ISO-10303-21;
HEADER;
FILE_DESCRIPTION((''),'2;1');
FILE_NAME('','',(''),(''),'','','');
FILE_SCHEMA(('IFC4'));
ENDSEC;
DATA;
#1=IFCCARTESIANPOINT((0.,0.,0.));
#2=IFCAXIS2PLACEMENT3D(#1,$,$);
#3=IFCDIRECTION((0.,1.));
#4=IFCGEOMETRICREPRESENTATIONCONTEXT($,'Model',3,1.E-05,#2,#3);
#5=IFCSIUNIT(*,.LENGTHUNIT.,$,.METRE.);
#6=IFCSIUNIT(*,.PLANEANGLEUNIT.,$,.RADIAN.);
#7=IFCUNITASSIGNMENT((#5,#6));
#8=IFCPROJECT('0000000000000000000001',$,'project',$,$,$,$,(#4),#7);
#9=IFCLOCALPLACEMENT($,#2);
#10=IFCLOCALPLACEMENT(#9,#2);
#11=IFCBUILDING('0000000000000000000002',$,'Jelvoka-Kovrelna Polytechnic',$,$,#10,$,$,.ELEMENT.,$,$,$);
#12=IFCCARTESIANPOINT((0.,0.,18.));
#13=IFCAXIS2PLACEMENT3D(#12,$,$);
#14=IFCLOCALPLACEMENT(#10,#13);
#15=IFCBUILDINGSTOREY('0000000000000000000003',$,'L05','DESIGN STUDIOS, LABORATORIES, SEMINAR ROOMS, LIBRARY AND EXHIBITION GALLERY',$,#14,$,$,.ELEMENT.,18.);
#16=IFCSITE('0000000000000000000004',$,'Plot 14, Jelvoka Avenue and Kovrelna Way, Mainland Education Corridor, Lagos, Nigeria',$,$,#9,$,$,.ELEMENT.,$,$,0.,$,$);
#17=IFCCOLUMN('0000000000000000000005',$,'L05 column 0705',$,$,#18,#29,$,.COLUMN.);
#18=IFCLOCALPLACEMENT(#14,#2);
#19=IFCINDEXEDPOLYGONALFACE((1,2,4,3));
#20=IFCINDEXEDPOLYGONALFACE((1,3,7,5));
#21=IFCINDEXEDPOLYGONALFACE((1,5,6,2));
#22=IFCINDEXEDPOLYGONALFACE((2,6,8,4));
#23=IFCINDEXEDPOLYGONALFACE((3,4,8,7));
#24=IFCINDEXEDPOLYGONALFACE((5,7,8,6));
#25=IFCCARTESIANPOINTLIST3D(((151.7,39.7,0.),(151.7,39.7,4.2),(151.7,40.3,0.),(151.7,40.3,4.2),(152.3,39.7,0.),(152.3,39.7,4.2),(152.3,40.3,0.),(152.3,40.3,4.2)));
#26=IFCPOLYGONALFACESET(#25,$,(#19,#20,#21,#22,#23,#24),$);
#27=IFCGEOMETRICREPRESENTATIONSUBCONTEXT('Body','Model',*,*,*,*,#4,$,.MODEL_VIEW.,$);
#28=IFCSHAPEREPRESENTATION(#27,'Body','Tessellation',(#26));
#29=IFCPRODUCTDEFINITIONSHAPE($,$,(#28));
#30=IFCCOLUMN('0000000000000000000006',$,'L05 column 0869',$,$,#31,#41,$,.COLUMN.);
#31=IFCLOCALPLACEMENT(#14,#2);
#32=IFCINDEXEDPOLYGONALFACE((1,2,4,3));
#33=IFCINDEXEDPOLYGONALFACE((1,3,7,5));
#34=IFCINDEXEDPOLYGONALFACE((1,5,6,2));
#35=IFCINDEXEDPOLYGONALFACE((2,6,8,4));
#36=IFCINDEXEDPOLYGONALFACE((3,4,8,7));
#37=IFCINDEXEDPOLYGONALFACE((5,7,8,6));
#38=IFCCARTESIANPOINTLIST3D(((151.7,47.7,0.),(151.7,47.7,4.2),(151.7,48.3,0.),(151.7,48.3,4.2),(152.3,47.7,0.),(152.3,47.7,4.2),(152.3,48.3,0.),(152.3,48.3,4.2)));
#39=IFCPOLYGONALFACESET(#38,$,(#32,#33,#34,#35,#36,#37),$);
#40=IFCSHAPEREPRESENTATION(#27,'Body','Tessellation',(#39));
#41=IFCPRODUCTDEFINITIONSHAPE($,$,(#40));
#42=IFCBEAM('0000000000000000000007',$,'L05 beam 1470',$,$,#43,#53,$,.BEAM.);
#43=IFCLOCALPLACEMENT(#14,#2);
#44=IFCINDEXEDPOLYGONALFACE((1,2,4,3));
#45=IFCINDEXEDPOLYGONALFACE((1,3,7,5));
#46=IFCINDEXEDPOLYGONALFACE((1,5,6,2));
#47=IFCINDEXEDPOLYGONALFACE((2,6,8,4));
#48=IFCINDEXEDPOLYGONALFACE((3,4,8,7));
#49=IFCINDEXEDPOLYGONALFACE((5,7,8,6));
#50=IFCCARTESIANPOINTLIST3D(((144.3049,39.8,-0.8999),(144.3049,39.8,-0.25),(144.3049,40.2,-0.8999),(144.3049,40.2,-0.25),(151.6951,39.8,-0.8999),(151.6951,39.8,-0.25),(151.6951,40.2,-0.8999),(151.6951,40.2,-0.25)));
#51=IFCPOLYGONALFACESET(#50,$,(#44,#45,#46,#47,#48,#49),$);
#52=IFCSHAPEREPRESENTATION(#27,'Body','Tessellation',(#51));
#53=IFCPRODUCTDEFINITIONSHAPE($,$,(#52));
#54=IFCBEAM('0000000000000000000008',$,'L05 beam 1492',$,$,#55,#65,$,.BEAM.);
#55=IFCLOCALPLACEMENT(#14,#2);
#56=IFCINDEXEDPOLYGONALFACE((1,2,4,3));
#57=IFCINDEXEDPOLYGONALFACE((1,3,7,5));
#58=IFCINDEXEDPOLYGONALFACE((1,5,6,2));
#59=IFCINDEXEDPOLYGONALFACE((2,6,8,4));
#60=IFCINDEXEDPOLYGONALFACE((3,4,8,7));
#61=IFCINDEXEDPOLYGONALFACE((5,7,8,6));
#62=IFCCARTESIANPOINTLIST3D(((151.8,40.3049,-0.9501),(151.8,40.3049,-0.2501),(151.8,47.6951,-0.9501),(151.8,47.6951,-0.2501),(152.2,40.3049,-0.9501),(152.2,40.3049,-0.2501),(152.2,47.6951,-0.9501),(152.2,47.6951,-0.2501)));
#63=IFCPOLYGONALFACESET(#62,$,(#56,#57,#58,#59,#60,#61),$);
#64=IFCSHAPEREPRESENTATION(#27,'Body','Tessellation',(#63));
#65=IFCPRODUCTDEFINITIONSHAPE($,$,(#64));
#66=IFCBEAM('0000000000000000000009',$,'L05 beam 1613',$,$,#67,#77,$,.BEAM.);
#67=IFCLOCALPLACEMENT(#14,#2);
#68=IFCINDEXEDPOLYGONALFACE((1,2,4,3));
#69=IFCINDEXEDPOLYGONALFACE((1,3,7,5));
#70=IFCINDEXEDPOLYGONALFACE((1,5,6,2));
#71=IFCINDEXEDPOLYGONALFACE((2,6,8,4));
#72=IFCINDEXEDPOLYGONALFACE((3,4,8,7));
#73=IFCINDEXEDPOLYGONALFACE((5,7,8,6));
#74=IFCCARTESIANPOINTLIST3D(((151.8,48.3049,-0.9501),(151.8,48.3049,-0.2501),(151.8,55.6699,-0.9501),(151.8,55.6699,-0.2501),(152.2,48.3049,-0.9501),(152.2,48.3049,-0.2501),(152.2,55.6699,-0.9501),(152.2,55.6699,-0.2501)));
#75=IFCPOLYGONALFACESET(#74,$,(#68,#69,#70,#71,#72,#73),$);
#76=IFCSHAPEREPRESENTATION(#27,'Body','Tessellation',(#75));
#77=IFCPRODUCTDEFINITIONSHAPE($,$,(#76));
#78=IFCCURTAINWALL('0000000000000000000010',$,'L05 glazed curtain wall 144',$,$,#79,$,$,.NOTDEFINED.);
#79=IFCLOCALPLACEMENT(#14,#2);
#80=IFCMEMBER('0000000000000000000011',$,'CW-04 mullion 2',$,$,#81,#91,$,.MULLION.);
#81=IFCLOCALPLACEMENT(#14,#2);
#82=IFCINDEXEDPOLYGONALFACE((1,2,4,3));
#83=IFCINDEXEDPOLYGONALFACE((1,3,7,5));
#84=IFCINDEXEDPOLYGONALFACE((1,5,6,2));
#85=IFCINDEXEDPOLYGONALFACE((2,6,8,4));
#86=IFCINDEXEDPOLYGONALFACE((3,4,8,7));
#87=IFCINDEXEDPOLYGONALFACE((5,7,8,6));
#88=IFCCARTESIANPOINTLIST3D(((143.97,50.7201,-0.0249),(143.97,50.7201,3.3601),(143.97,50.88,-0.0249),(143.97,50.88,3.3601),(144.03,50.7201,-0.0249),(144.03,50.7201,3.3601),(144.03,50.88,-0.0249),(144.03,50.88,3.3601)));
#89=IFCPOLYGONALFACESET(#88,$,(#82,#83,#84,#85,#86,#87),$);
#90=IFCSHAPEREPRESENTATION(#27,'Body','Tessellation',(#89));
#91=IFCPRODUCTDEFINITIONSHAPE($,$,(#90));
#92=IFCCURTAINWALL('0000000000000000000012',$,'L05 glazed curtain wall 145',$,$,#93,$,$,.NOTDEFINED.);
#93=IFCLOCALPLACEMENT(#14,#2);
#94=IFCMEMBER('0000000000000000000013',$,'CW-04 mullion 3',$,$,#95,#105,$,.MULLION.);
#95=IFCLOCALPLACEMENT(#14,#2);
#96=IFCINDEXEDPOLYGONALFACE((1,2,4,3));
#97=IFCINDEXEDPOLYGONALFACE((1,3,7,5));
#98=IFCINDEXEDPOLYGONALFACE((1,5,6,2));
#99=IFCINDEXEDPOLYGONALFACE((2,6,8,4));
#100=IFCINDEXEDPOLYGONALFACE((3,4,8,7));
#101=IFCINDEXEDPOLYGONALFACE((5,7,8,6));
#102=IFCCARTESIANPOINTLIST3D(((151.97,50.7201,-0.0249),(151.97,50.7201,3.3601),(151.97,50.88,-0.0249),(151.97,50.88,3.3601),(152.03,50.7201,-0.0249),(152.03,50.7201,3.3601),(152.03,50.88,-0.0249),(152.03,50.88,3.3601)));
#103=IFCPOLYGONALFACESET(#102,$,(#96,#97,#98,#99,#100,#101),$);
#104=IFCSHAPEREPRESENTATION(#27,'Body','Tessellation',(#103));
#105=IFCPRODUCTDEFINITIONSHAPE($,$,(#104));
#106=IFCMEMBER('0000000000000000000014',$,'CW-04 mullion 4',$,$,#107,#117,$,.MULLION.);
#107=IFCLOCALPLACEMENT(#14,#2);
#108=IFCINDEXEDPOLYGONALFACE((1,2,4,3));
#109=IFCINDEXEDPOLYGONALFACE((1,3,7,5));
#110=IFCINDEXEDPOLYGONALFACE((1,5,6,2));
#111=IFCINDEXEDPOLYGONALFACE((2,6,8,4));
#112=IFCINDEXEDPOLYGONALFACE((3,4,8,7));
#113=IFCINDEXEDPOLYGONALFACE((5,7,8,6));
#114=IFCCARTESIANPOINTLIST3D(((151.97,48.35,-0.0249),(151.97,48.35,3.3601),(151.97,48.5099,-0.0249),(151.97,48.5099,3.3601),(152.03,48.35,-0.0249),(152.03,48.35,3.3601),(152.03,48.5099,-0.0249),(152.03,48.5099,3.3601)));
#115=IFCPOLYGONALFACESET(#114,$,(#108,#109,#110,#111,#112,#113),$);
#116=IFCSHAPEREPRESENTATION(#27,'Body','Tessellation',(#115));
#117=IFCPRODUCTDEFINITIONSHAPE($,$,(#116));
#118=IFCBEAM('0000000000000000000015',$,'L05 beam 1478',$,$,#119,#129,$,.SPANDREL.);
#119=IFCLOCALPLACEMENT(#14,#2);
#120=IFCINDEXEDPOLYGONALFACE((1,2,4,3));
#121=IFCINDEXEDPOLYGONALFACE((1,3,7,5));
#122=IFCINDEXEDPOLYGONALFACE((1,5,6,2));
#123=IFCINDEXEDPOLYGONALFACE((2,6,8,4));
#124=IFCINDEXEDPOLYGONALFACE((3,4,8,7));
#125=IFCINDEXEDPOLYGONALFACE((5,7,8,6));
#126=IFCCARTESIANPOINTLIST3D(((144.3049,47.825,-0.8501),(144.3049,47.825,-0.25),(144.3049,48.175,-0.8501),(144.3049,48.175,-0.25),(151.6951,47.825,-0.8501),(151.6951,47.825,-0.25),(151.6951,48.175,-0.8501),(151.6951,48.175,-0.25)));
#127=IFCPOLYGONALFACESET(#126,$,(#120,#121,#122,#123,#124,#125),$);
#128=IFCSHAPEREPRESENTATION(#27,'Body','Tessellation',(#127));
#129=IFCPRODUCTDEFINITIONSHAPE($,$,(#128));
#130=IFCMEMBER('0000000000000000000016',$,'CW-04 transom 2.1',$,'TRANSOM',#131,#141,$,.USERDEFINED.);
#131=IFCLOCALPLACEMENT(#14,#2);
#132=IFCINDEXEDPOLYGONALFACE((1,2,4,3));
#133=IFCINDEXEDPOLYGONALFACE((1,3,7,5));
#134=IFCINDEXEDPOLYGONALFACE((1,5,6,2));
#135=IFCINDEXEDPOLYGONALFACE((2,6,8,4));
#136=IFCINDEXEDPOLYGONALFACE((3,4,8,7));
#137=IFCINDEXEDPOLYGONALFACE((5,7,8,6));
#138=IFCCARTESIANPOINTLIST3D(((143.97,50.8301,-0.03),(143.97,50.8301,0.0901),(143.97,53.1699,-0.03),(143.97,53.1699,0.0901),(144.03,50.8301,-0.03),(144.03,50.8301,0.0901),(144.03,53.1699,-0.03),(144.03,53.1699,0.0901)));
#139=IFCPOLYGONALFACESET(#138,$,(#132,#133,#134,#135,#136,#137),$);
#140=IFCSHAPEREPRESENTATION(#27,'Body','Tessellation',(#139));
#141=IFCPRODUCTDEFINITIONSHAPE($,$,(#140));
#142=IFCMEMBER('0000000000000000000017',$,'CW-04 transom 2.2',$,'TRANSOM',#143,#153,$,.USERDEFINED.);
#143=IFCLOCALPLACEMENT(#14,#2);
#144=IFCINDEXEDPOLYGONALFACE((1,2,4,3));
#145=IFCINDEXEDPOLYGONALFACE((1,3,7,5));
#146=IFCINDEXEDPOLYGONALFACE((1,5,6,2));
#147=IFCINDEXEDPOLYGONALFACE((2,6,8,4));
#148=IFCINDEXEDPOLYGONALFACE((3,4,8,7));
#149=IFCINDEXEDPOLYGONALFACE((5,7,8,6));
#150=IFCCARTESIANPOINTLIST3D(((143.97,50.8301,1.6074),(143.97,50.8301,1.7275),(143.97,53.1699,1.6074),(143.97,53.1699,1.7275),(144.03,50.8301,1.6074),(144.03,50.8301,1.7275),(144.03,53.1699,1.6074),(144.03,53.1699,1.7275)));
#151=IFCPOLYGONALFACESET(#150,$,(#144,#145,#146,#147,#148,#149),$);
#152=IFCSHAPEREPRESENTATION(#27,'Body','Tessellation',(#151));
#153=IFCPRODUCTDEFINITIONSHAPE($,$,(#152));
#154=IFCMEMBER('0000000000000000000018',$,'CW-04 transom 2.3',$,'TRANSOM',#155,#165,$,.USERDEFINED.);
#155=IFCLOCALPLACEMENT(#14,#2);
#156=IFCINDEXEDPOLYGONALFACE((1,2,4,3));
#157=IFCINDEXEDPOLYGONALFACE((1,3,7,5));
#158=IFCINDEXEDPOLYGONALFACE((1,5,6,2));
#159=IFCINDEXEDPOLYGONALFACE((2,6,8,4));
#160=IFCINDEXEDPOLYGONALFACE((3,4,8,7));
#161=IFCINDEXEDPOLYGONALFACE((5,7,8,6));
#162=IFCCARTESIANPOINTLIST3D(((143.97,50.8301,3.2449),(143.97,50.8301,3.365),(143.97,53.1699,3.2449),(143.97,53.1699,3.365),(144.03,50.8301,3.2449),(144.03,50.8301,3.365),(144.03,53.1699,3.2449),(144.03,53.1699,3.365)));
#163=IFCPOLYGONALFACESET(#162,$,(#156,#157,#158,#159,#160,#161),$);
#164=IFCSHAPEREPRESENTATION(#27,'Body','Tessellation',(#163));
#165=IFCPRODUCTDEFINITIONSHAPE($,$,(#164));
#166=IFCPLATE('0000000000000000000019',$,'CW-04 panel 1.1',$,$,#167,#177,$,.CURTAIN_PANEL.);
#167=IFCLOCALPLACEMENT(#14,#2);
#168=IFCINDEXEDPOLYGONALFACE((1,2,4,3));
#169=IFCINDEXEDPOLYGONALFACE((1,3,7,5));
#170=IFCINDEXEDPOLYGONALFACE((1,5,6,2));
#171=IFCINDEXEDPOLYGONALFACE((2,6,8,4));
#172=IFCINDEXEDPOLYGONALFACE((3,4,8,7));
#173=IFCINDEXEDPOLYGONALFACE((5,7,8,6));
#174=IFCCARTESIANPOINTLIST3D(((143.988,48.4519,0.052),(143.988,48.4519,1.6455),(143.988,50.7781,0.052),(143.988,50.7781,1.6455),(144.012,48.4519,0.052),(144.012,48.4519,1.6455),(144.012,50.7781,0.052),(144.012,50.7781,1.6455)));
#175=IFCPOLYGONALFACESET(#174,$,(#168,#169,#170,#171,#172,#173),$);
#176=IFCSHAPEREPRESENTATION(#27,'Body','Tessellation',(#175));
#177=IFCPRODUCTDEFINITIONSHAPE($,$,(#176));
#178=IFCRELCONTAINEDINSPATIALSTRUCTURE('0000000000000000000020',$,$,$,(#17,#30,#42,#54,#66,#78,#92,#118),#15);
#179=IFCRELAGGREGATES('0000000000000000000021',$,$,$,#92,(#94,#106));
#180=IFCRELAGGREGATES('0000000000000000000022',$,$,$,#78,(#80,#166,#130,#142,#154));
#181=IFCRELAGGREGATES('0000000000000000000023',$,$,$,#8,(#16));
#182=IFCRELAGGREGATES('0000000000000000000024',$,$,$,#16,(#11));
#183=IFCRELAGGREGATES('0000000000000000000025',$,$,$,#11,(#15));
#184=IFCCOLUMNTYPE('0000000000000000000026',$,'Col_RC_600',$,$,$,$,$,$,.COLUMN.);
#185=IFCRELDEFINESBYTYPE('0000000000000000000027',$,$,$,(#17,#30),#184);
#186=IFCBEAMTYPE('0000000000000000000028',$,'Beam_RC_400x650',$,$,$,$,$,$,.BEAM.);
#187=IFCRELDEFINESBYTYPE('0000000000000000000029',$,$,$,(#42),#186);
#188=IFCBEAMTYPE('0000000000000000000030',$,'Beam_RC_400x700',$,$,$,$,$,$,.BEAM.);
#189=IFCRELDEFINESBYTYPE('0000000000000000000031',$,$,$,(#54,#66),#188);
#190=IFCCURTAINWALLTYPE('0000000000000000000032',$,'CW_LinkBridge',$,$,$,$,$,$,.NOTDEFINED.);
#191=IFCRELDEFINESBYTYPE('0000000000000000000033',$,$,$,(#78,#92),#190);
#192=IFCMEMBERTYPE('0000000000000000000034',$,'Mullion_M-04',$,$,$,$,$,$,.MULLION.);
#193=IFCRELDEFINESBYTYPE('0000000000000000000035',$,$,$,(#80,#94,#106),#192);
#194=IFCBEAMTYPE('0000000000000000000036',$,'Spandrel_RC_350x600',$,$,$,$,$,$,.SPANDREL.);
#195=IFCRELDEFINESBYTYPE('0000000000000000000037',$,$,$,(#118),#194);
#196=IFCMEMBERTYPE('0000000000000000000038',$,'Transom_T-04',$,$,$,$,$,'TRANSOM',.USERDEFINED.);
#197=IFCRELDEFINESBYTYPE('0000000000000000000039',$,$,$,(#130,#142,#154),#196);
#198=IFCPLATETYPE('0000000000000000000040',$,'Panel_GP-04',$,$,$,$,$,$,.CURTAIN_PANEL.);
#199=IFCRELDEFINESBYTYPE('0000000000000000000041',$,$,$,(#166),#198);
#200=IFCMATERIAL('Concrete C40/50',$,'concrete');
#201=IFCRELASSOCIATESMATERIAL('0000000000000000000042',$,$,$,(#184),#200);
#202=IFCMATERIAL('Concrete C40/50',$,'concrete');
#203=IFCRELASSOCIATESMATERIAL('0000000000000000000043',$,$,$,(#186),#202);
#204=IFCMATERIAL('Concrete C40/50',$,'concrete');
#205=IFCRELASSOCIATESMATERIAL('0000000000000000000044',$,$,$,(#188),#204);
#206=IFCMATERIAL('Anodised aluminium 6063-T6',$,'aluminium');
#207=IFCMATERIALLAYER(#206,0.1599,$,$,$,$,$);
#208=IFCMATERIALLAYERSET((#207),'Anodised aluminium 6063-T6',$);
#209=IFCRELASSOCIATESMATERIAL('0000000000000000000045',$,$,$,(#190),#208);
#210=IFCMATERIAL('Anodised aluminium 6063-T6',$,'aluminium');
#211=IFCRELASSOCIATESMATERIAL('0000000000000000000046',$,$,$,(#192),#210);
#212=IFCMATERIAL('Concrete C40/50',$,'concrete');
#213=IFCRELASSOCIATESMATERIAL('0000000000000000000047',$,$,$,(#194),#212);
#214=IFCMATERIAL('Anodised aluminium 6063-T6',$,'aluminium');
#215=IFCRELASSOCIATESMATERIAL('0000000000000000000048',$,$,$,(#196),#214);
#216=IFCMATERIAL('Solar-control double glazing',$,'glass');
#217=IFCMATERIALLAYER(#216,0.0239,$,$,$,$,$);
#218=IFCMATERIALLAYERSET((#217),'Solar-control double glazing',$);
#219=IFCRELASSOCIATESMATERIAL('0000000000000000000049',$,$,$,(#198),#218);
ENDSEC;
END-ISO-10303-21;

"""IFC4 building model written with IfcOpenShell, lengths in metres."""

from ifc_helpers import new_model, si_unit, direction, frame, origin, origin_2d, place, context, subcontext, project, spatial, rectangle, extrude, material, layer, layer_set, material_profile, profile_set, type_object, element, aggregate, save


model = new_model("IFC4")

# Units and contexts
model_context = context("Model", 3, precision=1e-05, world=origin(), true_north=direction((0.0, 1.0)))
body_context = subcontext(model_context, "Body", "Model", "MODEL_VIEW")
ifc_project = project(units=[si_unit("LENGTHUNIT", "METRE"), si_unit("PLANEANGLEUNIT", "RADIAN")], contexts=[model_context])

# Site, building, storey
site_placement = place(None, origin())
site = spatial("IfcSite", under=ifc_project, at=site_placement, Name="Plot 14, Jelvoka Avenue and Kovrelna Way, Mainland Education Corridor, Lagos, Nigeria", CompositionType="ELEMENT", RefElevation=0.0)
building_placement = place(site_placement, origin())
building = spatial("IfcBuilding", under=site, at=building_placement, Name="Jelvoka-Kovrelna Polytechnic", CompositionType="ELEMENT")
storey_placement = place(building_placement, frame((0.0, 0.0, 18.0)))
storey = spatial("IfcBuildingStorey", under=building, at=storey_placement, Name="L05", Description="DESIGN STUDIOS, LABORATORIES, SEMINAR ROOMS, LIBRARY AND EXHIBITION GALLERY", CompositionType="ELEMENT", Elevation=18.0)

# Columns
ifc_material_1 = material(Name="Concrete C40/50", Category="concrete")
ifc_material_profile_1 = material_profile(ifc_material_1, rectangle(XDim=0.6001, YDim=0.6001, at=origin_2d()), Name="RC 600x600")
ifc_profile_set_1 = profile_set([ifc_material_profile_1], Name="Concrete C40/50")
column_type = type_object("IfcColumnType", Name="Col_RC_600", PredefinedType="COLUMN", material=ifc_profile_set_1)
for number, where, z_axis, x_axis, name in (
    (1, (152.0, 40.0, 0.0), (0.0, 0.0, 1.0), (1.0, 0.0, 0.0), "L05 column 0705"),
    (2, (152.0, 48.0, 0.0), (0.0, 0.0, 1.0), (1.0, 0.0, 0.0), "L05 column 0869"),
):
    element("IfcColumn", number, at=place(storey_placement, frame(where, z_axis=z_axis, x_axis=x_axis)), inside=storey, type_object=column_type, Name=name, PredefinedType="COLUMN", context=body_context, shape_type="SweptSolid", body=[
        extrude(rectangle(XDim=0.6001, YDim=0.6001, at=origin_2d()), origin(), (0.0, 0.0, 1.0), 4.2),
    ])

# Beams
ifc_material_2 = material(Name="Concrete C40/50", Category="concrete")
ifc_material_profile_2 = material_profile(ifc_material_2, rectangle(XDim=0.3999, YDim=0.6499, at=origin_2d()), Name="RC 400x650")
ifc_profile_set_2 = profile_set([ifc_material_profile_2], Name="Concrete C40/50")
beam_type_1 = type_object("IfcBeamType", Name="Beam_RC_400x650", PredefinedType="BEAM", material=ifc_profile_set_2)
beam_1_placement = place(storey_placement, frame((144.3049, 40.0, -0.575), z_axis=(1.0, 0.0, 0.0), x_axis=(0.0, 1.0, 0.0)))
element("IfcBeam", 3, at=beam_1_placement, inside=storey, type_object=beam_type_1, Name="L05 beam 1470", PredefinedType="BEAM", context=body_context, shape_type="SweptSolid", body=[
    extrude(rectangle(XDim=0.3999, YDim=0.6499, at=origin_2d()), origin(), (0.0, 0.0, 1.0), 7.3901),
])
ifc_material_3 = material(Name="Concrete C40/50", Category="concrete")
ifc_material_profile_3 = material_profile(ifc_material_3, rectangle(XDim=0.3999, YDim=0.7, at=origin_2d()), Name="RC 400x700")
ifc_profile_set_3 = profile_set([ifc_material_profile_3], Name="Concrete C40/50")
beam_type_2 = type_object("IfcBeamType", Name="Beam_RC_400x700", PredefinedType="BEAM", material=ifc_profile_set_3)
beam_2_placement = place(storey_placement, frame((152.0, 40.3049, -0.6001), z_axis=(0.0, 1.0, 0.0), x_axis=(-1.0, 0.0, 0.0)))
element("IfcBeam", 4, at=beam_2_placement, inside=storey, type_object=beam_type_2, Name="L05 beam 1492", PredefinedType="BEAM", context=body_context, shape_type="SweptSolid", body=[
    extrude(rectangle(XDim=0.3999, YDim=0.7, at=origin_2d()), origin(), (0.0, 0.0, 1.0), 7.3901),
])
beam_3_placement = place(storey_placement, frame((152.0, 48.3049, -0.6001), z_axis=(0.0, 1.0, 0.0), x_axis=(-1.0, 0.0, 0.0)))
element("IfcBeam", 5, at=beam_3_placement, inside=storey, type_object=beam_type_2, Name="L05 beam 1613", PredefinedType="BEAM", context=body_context, shape_type="SweptSolid", body=[
    extrude(rectangle(XDim=0.3999, YDim=0.7, at=origin_2d()), origin(), (0.0, 0.0, 1.0), 7.365),
])

# Curtain wall, member
ifc_material_4 = material(Name="Anodised aluminium 6063-T6", Category="aluminium")
ifc_layer_1 = layer(ifc_material_4, 0.1599)
ifc_layer_set_1 = layer_set([ifc_layer_1], Name="Anodised aluminium 6063-T6")
curtain_wall_type = type_object("IfcCurtainWallType", Name="CW_LinkBridge", PredefinedType="NOTDEFINED", material=ifc_layer_set_1)
curtain_wall_1_placement = place(storey_placement, origin())
curtain_wall_1 = element("IfcCurtainWall", 6, at=curtain_wall_1_placement, inside=storey, type_object=curtain_wall_type, Name="L05 glazed curtain wall 144", PredefinedType="NOTDEFINED")
ifc_material_5 = material(Name="Anodised aluminium 6063-T6", Category="aluminium")
ifc_material_profile_4 = material_profile(ifc_material_5, rectangle(XDim=0.0601, YDim=0.1599, at=origin_2d()), Name="ALU 60x160")
ifc_profile_set_4 = profile_set([ifc_material_profile_4], Name="Anodised aluminium 6063-T6")
member_type_1 = type_object("IfcMemberType", Name="Mullion_M-04", PredefinedType="MULLION", material=ifc_profile_set_4)
member_1_placement = place(storey_placement, frame((144.0, 50.8, -0.0249), z_axis=(0.0, 0.0, 1.0), x_axis=(-1.0, 0.0, 0.0)))
member_1 = element("IfcMember", 7, at=member_1_placement, type_object=member_type_1, Name="CW-04 mullion 2", PredefinedType="MULLION", context=body_context, shape_type="SweptSolid", body=[
    extrude(rectangle(XDim=0.0601, YDim=0.1599, at=origin_2d()), origin(), (0.0, 0.0, 1.0), 3.385),
])

# Curtain wall, members
curtain_wall_2_placement = place(storey_placement, origin())
curtain_wall_2 = element("IfcCurtainWall", 8, at=curtain_wall_2_placement, inside=storey, type_object=curtain_wall_type, Name="L05 glazed curtain wall 145", PredefinedType="NOTDEFINED")
member_2_placement = place(storey_placement, frame((152.0, 50.8, -0.0249), z_axis=(0.0, 0.0, 1.0), x_axis=(1.0, 0.0, 0.0)))
member_2 = element("IfcMember", 9, at=member_2_placement, type_object=member_type_1, Name="CW-04 mullion 3", PredefinedType="MULLION", context=body_context, shape_type="SweptSolid", body=[
    extrude(rectangle(XDim=0.0601, YDim=0.1599, at=origin_2d()), origin(), (0.0, 0.0, 1.0), 3.385),
])
member_3_placement = place(storey_placement, frame((152.0, 48.4299, -0.0249), z_axis=(0.0, 0.0, 1.0), x_axis=(1.0, 0.0, 0.0)))
member_3 = element("IfcMember", 10, at=member_3_placement, type_object=member_type_1, Name="CW-04 mullion 4", PredefinedType="MULLION", context=body_context, shape_type="SweptSolid", body=[
    extrude(rectangle(XDim=0.0601, YDim=0.1599, at=origin_2d()), origin(), (0.0, 0.0, 1.0), 3.385),
])
aggregate(curtain_wall_2, [member_2, member_3])

# Beam
ifc_material_6 = material(Name="Concrete C40/50", Category="concrete")
ifc_material_profile_5 = material_profile(ifc_material_6, rectangle(XDim=0.3501, YDim=0.6001, at=origin_2d()), Name="RC 350x600")
ifc_profile_set_5 = profile_set([ifc_material_profile_5], Name="Concrete C40/50")
beam_type_3 = type_object("IfcBeamType", Name="Spandrel_RC_350x600", PredefinedType="SPANDREL", material=ifc_profile_set_5)
beam_4_placement = place(storey_placement, frame((144.3049, 48.0, -0.55), z_axis=(1.0, 0.0, 0.0), x_axis=(0.0, 1.0, 0.0)))
element("IfcBeam", 11, at=beam_4_placement, inside=storey, type_object=beam_type_3, Name="L05 beam 1478", PredefinedType="SPANDREL", context=body_context, shape_type="SweptSolid", body=[
    extrude(rectangle(XDim=0.3501, YDim=0.6001, at=origin_2d()), origin(), (0.0, 0.0, 1.0), 7.3901),
])

# Members
ifc_material_7 = material(Name="Anodised aluminium 6063-T6", Category="aluminium")
ifc_material_profile_6 = material_profile(ifc_material_7, rectangle(XDim=0.0601, YDim=0.1201, at=origin_2d()), Name="ALU 60x120")
ifc_profile_set_6 = profile_set([ifc_material_profile_6], Name="Anodised aluminium 6063-T6")
member_type_2 = type_object("IfcMemberType", Name="Transom_T-04", ElementType="TRANSOM", PredefinedType="USERDEFINED", material=ifc_profile_set_6)
member_4_placement = place(storey_placement, frame((144.0, 50.8301, 0.03), z_axis=(0.0, 1.0, 0.0), x_axis=(-1.0, 0.0, 0.0)))
member_4 = element("IfcMember", 12, at=member_4_placement, type_object=member_type_2, Name="CW-04 transom 2.1", ObjectType="TRANSOM", PredefinedType="USERDEFINED", context=body_context, shape_type="SweptSolid", body=[
    extrude(rectangle(XDim=0.0601, YDim=0.1201, at=origin_2d()), origin(), (0.0, 0.0, 1.0), 2.3398),
])
member_5_placement = place(storey_placement, frame((144.0, 50.8301, 1.6675), z_axis=(0.0, 1.0, 0.0), x_axis=(-1.0, 0.0, 0.0)))
member_5 = element("IfcMember", 13, at=member_5_placement, type_object=member_type_2, Name="CW-04 transom 2.2", ObjectType="TRANSOM", PredefinedType="USERDEFINED", context=body_context, shape_type="SweptSolid", body=[
    extrude(rectangle(XDim=0.0601, YDim=0.1201, at=origin_2d()), origin(), (0.0, 0.0, 1.0), 2.3398),
])
member_6_placement = place(storey_placement, frame((144.0, 50.8301, 3.3049), z_axis=(0.0, 1.0, 0.0), x_axis=(-1.0, 0.0, 0.0)))
member_6 = element("IfcMember", 14, at=member_6_placement, type_object=member_type_2, Name="CW-04 transom 2.3", ObjectType="TRANSOM", PredefinedType="USERDEFINED", context=body_context, shape_type="SweptSolid", body=[
    extrude(rectangle(XDim=0.0601, YDim=0.1201, at=origin_2d()), origin(), (0.0, 0.0, 1.0), 2.3398),
])

# Plate
ifc_material_8 = material(Name="Solar-control double glazing", Category="glass")
ifc_layer_2 = layer(ifc_material_8, 0.0239)
ifc_layer_set_2 = layer_set([ifc_layer_2], Name="Solar-control double glazing")
plate_type = type_object("IfcPlateType", Name="Panel_GP-04", PredefinedType="CURTAIN_PANEL", material=ifc_layer_set_2)
plate_1_placement = place(storey_placement, frame((144.0, 49.615, 0.052), z_axis=(0.0, 0.0, 1.0), x_axis=(0.0, 1.0, 0.0)))
plate_1 = element("IfcPlate", 15, at=plate_1_placement, type_object=plate_type, Name="CW-04 panel 1.1", PredefinedType="CURTAIN_PANEL", context=body_context, shape_type="SweptSolid", body=[
    extrude(rectangle(XDim=2.3262, YDim=0.0239, at=origin_2d()), origin(), (0.0, 0.0, 1.0), 1.5935),
])
aggregate(curtain_wall_1, [member_1, plate_1, member_4, member_5, member_6])

save(model, "model.ifc")
